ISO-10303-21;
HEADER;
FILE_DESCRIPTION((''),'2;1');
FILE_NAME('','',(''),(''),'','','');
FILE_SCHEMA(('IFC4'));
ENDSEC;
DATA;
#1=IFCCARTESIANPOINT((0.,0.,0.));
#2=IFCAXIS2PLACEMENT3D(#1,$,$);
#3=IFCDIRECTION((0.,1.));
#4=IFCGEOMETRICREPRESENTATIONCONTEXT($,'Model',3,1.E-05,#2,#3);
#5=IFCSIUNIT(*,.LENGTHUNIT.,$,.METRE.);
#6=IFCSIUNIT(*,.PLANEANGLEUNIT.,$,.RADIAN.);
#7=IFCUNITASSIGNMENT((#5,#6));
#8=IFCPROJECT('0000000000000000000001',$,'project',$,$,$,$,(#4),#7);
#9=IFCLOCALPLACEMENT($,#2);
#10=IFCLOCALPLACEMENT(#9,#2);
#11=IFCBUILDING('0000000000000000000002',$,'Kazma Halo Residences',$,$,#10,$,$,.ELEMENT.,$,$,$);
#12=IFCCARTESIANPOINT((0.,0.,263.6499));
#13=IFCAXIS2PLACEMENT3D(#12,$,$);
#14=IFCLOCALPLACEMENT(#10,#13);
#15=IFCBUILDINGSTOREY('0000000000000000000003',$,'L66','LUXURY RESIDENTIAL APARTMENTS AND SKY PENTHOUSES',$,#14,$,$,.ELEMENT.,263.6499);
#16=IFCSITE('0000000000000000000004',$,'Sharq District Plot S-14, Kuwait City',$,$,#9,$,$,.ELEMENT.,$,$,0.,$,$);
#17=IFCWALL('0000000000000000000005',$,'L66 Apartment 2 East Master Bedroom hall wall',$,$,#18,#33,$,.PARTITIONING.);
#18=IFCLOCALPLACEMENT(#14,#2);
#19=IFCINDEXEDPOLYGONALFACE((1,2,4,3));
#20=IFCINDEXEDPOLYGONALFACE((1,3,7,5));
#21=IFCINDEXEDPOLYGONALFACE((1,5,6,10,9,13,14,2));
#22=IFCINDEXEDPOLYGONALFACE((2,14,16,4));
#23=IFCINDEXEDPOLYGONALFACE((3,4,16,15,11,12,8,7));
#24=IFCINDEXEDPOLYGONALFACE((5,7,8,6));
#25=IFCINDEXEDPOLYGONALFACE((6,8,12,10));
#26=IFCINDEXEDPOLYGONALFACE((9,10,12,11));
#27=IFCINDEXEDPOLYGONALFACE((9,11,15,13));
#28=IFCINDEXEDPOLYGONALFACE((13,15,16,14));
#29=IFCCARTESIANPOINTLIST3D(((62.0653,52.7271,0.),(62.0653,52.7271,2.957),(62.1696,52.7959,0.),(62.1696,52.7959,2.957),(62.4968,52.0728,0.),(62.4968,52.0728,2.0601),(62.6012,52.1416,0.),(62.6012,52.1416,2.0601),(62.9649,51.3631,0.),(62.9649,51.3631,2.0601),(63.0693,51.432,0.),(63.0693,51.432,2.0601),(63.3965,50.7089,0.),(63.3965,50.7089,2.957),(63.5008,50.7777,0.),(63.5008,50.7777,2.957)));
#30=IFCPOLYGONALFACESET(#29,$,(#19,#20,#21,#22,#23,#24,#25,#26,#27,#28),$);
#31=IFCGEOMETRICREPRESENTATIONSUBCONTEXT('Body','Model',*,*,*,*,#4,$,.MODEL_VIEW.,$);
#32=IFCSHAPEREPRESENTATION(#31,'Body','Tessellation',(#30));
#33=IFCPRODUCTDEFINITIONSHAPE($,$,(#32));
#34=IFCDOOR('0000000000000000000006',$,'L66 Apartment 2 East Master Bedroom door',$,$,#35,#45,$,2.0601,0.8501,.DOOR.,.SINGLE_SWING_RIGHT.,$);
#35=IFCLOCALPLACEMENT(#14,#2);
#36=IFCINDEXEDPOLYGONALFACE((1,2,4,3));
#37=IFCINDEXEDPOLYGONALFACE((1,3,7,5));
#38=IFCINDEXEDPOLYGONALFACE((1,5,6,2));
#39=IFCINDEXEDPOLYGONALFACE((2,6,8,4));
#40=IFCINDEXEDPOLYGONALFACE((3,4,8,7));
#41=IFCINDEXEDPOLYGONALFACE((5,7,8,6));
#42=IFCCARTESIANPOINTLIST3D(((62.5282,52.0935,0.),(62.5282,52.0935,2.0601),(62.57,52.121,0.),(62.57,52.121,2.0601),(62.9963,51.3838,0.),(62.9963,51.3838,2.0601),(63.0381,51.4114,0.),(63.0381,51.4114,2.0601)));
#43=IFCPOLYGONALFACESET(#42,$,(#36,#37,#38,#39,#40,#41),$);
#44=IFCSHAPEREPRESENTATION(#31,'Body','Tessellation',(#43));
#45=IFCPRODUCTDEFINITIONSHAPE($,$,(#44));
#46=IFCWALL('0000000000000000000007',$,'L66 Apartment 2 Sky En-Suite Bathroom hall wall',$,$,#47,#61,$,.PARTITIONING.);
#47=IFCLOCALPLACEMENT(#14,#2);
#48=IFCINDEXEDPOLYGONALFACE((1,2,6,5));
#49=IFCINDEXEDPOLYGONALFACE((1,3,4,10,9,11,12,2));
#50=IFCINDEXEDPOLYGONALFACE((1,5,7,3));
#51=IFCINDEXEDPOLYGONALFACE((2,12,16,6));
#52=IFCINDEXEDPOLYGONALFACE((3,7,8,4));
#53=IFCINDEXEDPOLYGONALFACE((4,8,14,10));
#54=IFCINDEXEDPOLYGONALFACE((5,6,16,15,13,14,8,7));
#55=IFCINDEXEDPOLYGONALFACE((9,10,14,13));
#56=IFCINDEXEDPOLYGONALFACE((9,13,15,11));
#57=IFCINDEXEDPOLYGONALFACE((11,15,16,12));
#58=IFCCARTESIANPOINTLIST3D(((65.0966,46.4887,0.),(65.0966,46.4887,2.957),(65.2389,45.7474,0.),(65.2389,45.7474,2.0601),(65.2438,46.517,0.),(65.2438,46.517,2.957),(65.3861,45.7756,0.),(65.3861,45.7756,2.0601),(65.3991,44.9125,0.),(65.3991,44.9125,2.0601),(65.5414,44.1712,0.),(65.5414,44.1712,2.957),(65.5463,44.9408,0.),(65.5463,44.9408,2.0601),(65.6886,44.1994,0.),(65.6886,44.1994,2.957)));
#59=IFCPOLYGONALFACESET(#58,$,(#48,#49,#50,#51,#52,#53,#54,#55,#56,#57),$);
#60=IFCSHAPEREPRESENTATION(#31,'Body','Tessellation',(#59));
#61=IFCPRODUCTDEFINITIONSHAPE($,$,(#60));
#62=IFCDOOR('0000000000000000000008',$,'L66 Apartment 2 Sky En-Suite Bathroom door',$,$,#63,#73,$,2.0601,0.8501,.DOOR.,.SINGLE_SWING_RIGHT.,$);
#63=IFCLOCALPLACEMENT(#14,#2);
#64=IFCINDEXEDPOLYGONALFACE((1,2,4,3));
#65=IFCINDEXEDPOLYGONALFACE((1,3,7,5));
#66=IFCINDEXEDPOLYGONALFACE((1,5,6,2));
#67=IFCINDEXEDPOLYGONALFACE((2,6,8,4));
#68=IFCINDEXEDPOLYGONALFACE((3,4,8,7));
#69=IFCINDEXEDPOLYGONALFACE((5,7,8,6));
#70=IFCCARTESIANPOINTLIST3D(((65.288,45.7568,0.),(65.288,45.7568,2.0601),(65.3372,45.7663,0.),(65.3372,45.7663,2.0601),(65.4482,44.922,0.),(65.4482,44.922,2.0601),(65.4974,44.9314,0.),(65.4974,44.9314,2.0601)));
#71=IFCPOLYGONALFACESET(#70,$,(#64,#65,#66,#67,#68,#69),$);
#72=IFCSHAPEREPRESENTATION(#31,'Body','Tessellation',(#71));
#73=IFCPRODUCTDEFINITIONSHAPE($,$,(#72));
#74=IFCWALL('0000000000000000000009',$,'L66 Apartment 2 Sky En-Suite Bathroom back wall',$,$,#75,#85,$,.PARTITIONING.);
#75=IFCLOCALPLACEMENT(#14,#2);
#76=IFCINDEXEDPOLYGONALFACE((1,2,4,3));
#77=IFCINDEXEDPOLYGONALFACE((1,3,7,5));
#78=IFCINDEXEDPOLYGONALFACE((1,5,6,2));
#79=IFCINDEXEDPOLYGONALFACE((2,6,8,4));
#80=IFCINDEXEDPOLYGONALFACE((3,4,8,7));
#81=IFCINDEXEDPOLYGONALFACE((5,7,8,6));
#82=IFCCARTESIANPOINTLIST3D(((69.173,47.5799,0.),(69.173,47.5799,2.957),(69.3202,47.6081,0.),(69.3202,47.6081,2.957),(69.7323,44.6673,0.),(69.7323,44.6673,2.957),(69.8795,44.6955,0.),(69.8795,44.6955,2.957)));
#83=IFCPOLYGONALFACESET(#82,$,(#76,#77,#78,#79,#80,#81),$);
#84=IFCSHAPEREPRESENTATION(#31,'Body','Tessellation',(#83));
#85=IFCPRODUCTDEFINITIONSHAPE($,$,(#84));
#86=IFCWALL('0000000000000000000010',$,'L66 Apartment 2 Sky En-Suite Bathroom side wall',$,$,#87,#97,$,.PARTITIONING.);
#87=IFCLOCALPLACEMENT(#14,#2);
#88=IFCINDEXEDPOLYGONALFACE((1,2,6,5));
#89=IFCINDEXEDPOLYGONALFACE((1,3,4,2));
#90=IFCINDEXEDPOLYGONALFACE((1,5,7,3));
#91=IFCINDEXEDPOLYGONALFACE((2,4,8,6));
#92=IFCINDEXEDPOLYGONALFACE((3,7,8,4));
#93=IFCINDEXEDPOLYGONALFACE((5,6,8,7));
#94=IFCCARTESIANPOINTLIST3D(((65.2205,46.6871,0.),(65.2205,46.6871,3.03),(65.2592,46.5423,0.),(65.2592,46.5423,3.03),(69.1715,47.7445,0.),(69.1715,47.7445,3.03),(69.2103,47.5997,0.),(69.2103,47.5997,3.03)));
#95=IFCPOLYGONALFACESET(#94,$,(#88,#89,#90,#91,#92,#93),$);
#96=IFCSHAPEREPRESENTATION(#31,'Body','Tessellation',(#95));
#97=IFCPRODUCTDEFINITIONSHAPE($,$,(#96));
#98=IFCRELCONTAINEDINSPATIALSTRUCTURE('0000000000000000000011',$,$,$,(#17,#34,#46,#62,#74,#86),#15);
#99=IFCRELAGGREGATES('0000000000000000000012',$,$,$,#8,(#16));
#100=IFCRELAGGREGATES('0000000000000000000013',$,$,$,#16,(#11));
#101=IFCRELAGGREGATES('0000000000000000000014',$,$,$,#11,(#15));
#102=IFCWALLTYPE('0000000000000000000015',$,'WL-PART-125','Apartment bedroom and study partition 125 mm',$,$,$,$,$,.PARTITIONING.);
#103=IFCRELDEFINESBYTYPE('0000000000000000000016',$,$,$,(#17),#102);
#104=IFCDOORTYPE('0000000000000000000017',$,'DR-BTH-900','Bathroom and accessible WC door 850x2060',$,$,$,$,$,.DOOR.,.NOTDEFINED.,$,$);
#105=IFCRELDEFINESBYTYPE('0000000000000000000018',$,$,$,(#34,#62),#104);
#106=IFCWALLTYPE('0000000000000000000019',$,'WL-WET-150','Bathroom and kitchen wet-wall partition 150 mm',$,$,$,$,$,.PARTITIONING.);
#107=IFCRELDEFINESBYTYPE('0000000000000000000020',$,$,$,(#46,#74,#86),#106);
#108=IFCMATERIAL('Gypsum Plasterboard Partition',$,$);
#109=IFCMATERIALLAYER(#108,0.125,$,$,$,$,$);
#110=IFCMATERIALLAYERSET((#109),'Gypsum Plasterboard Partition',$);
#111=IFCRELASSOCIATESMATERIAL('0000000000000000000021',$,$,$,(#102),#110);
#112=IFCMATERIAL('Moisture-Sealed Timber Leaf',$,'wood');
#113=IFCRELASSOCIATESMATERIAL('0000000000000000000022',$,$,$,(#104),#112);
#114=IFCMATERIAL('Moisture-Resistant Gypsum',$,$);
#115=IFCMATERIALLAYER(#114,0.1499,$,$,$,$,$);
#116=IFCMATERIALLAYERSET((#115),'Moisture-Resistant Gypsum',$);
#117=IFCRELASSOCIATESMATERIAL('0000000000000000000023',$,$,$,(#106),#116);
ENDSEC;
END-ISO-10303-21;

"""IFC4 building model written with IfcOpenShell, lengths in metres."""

from ifc_helpers import new_model, si_unit, direction, frame, frame_2d, origin, place, context, subcontext, project, spatial, rectangle, extrude, material, layer, layer_set, type_object, element, fill, save


model = new_model("IFC4")

# Units and contexts
model_context = context("Model", 3, precision=1e-05, world=origin(), true_north=direction((0.0, 1.0)))
body_context = subcontext(model_context, "Body", "Model", "MODEL_VIEW")
ifc_project = project(units=[si_unit("LENGTHUNIT", "METRE"), si_unit("PLANEANGLEUNIT", "RADIAN")], contexts=[model_context])

# Site, building, storey
site_placement = place(None, origin())
site = spatial("IfcSite", under=ifc_project, at=site_placement, Name="Sharq District Plot S-14, Kuwait City", CompositionType="ELEMENT", RefElevation=0.0)
building_placement = place(site_placement, origin())
building = spatial("IfcBuilding", under=site, at=building_placement, Name="Kazma Halo Residences", CompositionType="ELEMENT")
storey_placement = place(building_placement, frame((0.0, 0.0, 263.6499)))
storey = spatial("IfcBuildingStorey", under=building, at=storey_placement, Name="L66", Description="LUXURY RESIDENTIAL APARTMENTS AND SKY PENTHOUSES", CompositionType="ELEMENT", Elevation=263.6499)

# Shared definitions
ifc_material_1 = material(Name="Gypsum Plasterboard Partition")
ifc_layer_1 = layer(ifc_material_1, 0.125)
ifc_layer_set_1 = layer_set([ifc_layer_1], Name="Gypsum Plasterboard Partition")
wall_type_1 = type_object("IfcWallType", Name="WL-PART-125", Description="Apartment bedroom and study partition 125 mm", PredefinedType="PARTITIONING", material=ifc_layer_set_1)

# Shared definitions
ifc_material_2 = material(Name="Moisture-Sealed Timber Leaf", Category="wood")
door_type = type_object("IfcDoorType", Name="DR-BTH-900", Description="Bathroom and accessible WC door 850x2060", OperationType="NOTDEFINED", PredefinedType="DOOR", material=ifc_material_2)

# Walls, openings, doors
wall_1_placement = place(storey_placement, frame((63.4487, 50.7432, 0.0), z_axis=(0.0, 0.0, 1.0), x_axis=(-0.550616, 0.834759, 0.0)))
wall_1 = element("IfcWall", 1, at=wall_1_placement, inside=storey, type_object=wall_type_1, Name="L66 Apartment 2 East Master Bedroom hall wall", PredefinedType="PARTITIONING", context=body_context, shape_type="SweptSolid", body=[
    extrude(rectangle(XDim=2.4177, YDim=0.125, at=frame_2d((1.209, 0.0))), origin(), (0.0, 0.0, 1.0), 2.957),
])
opening_1_placement = place(wall_1_placement, frame((0.7839, 0.0, 0.0)))
opening_1 = element("IfcOpeningElement", 2, at=opening_1_placement, cuts=wall_1, PredefinedType="OPENING", context=body_context, shape_type="SweptSolid", body=[
    extrude(rectangle(XDim=0.8501, YDim=2.0601, at=frame_2d((0.425, 1.03))), frame((0.0, 0.0725, 0.0), z_axis=(0.0, -1.0, 0.0), x_axis=(1.0, 0.0, 0.0)), (0.0, 0.0, 1.0), 0.145),
])
door_1_placement = place(opening_1_placement, origin())
door_1 = element("IfcDoor", 3, at=door_1_placement, inside=storey, type_object=door_type, Name="L66 Apartment 2 East Master Bedroom door", OperationType="SINGLE_SWING_RIGHT", OverallHeight=2.0601, OverallWidth=0.8501, PredefinedType="DOOR", context=body_context, shape_type="SweptSolid", body=[
    extrude(rectangle(XDim=0.8501, YDim=2.0601, at=frame_2d((0.425, 1.03))), frame((0.0, 0.0249, 0.0), z_axis=(0.0, -1.0, 0.0), x_axis=(1.0, 0.0, 0.0)), (0.0, 0.0, 1.0), 0.05),
])
fill(opening_1, door_1)
ifc_material_3 = material(Name="Moisture-Resistant Gypsum")
ifc_layer_2 = layer(ifc_material_3, 0.1499)
ifc_layer_set_2 = layer_set([ifc_layer_2], Name="Moisture-Resistant Gypsum")
wall_type_2 = type_object("IfcWallType", Name="WL-WET-150", Description="Bathroom and kitchen wet-wall partition 150 mm", PredefinedType="PARTITIONING", material=ifc_layer_set_2)
wall_2_placement = place(storey_placement, frame((65.615, 44.1853, 0.0), z_axis=(0.0, 0.0, 1.0), x_axis=(-0.188491, 0.982075, 0.0)))
wall_2 = element("IfcWall", 4, at=wall_2_placement, inside=storey, type_object=wall_type_2, Name="L66 Apartment 2 Sky En-Suite Bathroom hall wall", PredefinedType="PARTITIONING", context=body_context, shape_type="SweptSolid", body=[
    extrude(rectangle(XDim=2.3599, YDim=0.1499, at=frame_2d((1.1799, 0.0))), origin(), (0.0, 0.0, 1.0), 2.957),
])
opening_2_placement = place(wall_2_placement, frame((0.7549, 0.0, 0.0)))
opening_2 = element("IfcOpeningElement", 5, at=opening_2_placement, cuts=wall_2, PredefinedType="OPENING", context=body_context, shape_type="SweptSolid", body=[
    extrude(rectangle(XDim=0.8501, YDim=2.0601, at=frame_2d((0.425, 1.03))), frame((0.0, 0.085, 0.0), z_axis=(0.0, -1.0, 0.0), x_axis=(1.0, 0.0, 0.0)), (0.0, 0.0, 1.0), 0.1699),
])
door_2_placement = place(opening_2_placement, origin())
door_2 = element("IfcDoor", 6, at=door_2_placement, inside=storey, type_object=door_type, Name="L66 Apartment 2 Sky En-Suite Bathroom door", OperationType="SINGLE_SWING_RIGHT", OverallHeight=2.0601, OverallWidth=0.8501, PredefinedType="DOOR", context=body_context, shape_type="SweptSolid", body=[
    extrude(rectangle(XDim=0.8501, YDim=2.0601, at=frame_2d((0.425, 1.03))), frame((0.0, 0.0249, 0.0), z_axis=(0.0, -1.0, 0.0), x_axis=(1.0, 0.0, 0.0)), (0.0, 0.0, 1.0), 0.05),
])
fill(opening_2, door_2)

# Walls
wall_3_placement = place(storey_placement, frame((69.8059, 44.6814, 0.0), z_axis=(0.0, 0.0, 1.0), x_axis=(-0.188591, 0.982056, 0.0)))
element("IfcWall", 7, at=wall_3_placement, inside=storey, type_object=wall_type_2, Name="L66 Apartment 2 Sky En-Suite Bathroom back wall", PredefinedType="PARTITIONING", context=body_context, shape_type="SweptSolid", body=[
    extrude(rectangle(XDim=2.9658, YDim=0.1499, at=frame_2d((1.4829, 0.0))), origin(), (0.0, 0.0, 1.0), 2.957),
])
wall_4_placement = place(storey_placement, frame((65.24, 46.6147, 0.0), z_axis=(0.0, 0.0, 1.0), x_axis=(0.966004, 0.258528, 0.0)))
element("IfcWall", 8, at=wall_4_placement, inside=storey, type_object=wall_type_2, Name="L66 Apartment 2 Sky En-Suite Bathroom side wall", PredefinedType="PARTITIONING", context=body_context, shape_type="SweptSolid", body=[
    extrude(rectangle(XDim=4.0901, YDim=0.1499, at=frame_2d((2.0449, 0.0))), origin(), (0.0, 0.0, 1.0), 3.03),
])

save(model, "model.ifc")
